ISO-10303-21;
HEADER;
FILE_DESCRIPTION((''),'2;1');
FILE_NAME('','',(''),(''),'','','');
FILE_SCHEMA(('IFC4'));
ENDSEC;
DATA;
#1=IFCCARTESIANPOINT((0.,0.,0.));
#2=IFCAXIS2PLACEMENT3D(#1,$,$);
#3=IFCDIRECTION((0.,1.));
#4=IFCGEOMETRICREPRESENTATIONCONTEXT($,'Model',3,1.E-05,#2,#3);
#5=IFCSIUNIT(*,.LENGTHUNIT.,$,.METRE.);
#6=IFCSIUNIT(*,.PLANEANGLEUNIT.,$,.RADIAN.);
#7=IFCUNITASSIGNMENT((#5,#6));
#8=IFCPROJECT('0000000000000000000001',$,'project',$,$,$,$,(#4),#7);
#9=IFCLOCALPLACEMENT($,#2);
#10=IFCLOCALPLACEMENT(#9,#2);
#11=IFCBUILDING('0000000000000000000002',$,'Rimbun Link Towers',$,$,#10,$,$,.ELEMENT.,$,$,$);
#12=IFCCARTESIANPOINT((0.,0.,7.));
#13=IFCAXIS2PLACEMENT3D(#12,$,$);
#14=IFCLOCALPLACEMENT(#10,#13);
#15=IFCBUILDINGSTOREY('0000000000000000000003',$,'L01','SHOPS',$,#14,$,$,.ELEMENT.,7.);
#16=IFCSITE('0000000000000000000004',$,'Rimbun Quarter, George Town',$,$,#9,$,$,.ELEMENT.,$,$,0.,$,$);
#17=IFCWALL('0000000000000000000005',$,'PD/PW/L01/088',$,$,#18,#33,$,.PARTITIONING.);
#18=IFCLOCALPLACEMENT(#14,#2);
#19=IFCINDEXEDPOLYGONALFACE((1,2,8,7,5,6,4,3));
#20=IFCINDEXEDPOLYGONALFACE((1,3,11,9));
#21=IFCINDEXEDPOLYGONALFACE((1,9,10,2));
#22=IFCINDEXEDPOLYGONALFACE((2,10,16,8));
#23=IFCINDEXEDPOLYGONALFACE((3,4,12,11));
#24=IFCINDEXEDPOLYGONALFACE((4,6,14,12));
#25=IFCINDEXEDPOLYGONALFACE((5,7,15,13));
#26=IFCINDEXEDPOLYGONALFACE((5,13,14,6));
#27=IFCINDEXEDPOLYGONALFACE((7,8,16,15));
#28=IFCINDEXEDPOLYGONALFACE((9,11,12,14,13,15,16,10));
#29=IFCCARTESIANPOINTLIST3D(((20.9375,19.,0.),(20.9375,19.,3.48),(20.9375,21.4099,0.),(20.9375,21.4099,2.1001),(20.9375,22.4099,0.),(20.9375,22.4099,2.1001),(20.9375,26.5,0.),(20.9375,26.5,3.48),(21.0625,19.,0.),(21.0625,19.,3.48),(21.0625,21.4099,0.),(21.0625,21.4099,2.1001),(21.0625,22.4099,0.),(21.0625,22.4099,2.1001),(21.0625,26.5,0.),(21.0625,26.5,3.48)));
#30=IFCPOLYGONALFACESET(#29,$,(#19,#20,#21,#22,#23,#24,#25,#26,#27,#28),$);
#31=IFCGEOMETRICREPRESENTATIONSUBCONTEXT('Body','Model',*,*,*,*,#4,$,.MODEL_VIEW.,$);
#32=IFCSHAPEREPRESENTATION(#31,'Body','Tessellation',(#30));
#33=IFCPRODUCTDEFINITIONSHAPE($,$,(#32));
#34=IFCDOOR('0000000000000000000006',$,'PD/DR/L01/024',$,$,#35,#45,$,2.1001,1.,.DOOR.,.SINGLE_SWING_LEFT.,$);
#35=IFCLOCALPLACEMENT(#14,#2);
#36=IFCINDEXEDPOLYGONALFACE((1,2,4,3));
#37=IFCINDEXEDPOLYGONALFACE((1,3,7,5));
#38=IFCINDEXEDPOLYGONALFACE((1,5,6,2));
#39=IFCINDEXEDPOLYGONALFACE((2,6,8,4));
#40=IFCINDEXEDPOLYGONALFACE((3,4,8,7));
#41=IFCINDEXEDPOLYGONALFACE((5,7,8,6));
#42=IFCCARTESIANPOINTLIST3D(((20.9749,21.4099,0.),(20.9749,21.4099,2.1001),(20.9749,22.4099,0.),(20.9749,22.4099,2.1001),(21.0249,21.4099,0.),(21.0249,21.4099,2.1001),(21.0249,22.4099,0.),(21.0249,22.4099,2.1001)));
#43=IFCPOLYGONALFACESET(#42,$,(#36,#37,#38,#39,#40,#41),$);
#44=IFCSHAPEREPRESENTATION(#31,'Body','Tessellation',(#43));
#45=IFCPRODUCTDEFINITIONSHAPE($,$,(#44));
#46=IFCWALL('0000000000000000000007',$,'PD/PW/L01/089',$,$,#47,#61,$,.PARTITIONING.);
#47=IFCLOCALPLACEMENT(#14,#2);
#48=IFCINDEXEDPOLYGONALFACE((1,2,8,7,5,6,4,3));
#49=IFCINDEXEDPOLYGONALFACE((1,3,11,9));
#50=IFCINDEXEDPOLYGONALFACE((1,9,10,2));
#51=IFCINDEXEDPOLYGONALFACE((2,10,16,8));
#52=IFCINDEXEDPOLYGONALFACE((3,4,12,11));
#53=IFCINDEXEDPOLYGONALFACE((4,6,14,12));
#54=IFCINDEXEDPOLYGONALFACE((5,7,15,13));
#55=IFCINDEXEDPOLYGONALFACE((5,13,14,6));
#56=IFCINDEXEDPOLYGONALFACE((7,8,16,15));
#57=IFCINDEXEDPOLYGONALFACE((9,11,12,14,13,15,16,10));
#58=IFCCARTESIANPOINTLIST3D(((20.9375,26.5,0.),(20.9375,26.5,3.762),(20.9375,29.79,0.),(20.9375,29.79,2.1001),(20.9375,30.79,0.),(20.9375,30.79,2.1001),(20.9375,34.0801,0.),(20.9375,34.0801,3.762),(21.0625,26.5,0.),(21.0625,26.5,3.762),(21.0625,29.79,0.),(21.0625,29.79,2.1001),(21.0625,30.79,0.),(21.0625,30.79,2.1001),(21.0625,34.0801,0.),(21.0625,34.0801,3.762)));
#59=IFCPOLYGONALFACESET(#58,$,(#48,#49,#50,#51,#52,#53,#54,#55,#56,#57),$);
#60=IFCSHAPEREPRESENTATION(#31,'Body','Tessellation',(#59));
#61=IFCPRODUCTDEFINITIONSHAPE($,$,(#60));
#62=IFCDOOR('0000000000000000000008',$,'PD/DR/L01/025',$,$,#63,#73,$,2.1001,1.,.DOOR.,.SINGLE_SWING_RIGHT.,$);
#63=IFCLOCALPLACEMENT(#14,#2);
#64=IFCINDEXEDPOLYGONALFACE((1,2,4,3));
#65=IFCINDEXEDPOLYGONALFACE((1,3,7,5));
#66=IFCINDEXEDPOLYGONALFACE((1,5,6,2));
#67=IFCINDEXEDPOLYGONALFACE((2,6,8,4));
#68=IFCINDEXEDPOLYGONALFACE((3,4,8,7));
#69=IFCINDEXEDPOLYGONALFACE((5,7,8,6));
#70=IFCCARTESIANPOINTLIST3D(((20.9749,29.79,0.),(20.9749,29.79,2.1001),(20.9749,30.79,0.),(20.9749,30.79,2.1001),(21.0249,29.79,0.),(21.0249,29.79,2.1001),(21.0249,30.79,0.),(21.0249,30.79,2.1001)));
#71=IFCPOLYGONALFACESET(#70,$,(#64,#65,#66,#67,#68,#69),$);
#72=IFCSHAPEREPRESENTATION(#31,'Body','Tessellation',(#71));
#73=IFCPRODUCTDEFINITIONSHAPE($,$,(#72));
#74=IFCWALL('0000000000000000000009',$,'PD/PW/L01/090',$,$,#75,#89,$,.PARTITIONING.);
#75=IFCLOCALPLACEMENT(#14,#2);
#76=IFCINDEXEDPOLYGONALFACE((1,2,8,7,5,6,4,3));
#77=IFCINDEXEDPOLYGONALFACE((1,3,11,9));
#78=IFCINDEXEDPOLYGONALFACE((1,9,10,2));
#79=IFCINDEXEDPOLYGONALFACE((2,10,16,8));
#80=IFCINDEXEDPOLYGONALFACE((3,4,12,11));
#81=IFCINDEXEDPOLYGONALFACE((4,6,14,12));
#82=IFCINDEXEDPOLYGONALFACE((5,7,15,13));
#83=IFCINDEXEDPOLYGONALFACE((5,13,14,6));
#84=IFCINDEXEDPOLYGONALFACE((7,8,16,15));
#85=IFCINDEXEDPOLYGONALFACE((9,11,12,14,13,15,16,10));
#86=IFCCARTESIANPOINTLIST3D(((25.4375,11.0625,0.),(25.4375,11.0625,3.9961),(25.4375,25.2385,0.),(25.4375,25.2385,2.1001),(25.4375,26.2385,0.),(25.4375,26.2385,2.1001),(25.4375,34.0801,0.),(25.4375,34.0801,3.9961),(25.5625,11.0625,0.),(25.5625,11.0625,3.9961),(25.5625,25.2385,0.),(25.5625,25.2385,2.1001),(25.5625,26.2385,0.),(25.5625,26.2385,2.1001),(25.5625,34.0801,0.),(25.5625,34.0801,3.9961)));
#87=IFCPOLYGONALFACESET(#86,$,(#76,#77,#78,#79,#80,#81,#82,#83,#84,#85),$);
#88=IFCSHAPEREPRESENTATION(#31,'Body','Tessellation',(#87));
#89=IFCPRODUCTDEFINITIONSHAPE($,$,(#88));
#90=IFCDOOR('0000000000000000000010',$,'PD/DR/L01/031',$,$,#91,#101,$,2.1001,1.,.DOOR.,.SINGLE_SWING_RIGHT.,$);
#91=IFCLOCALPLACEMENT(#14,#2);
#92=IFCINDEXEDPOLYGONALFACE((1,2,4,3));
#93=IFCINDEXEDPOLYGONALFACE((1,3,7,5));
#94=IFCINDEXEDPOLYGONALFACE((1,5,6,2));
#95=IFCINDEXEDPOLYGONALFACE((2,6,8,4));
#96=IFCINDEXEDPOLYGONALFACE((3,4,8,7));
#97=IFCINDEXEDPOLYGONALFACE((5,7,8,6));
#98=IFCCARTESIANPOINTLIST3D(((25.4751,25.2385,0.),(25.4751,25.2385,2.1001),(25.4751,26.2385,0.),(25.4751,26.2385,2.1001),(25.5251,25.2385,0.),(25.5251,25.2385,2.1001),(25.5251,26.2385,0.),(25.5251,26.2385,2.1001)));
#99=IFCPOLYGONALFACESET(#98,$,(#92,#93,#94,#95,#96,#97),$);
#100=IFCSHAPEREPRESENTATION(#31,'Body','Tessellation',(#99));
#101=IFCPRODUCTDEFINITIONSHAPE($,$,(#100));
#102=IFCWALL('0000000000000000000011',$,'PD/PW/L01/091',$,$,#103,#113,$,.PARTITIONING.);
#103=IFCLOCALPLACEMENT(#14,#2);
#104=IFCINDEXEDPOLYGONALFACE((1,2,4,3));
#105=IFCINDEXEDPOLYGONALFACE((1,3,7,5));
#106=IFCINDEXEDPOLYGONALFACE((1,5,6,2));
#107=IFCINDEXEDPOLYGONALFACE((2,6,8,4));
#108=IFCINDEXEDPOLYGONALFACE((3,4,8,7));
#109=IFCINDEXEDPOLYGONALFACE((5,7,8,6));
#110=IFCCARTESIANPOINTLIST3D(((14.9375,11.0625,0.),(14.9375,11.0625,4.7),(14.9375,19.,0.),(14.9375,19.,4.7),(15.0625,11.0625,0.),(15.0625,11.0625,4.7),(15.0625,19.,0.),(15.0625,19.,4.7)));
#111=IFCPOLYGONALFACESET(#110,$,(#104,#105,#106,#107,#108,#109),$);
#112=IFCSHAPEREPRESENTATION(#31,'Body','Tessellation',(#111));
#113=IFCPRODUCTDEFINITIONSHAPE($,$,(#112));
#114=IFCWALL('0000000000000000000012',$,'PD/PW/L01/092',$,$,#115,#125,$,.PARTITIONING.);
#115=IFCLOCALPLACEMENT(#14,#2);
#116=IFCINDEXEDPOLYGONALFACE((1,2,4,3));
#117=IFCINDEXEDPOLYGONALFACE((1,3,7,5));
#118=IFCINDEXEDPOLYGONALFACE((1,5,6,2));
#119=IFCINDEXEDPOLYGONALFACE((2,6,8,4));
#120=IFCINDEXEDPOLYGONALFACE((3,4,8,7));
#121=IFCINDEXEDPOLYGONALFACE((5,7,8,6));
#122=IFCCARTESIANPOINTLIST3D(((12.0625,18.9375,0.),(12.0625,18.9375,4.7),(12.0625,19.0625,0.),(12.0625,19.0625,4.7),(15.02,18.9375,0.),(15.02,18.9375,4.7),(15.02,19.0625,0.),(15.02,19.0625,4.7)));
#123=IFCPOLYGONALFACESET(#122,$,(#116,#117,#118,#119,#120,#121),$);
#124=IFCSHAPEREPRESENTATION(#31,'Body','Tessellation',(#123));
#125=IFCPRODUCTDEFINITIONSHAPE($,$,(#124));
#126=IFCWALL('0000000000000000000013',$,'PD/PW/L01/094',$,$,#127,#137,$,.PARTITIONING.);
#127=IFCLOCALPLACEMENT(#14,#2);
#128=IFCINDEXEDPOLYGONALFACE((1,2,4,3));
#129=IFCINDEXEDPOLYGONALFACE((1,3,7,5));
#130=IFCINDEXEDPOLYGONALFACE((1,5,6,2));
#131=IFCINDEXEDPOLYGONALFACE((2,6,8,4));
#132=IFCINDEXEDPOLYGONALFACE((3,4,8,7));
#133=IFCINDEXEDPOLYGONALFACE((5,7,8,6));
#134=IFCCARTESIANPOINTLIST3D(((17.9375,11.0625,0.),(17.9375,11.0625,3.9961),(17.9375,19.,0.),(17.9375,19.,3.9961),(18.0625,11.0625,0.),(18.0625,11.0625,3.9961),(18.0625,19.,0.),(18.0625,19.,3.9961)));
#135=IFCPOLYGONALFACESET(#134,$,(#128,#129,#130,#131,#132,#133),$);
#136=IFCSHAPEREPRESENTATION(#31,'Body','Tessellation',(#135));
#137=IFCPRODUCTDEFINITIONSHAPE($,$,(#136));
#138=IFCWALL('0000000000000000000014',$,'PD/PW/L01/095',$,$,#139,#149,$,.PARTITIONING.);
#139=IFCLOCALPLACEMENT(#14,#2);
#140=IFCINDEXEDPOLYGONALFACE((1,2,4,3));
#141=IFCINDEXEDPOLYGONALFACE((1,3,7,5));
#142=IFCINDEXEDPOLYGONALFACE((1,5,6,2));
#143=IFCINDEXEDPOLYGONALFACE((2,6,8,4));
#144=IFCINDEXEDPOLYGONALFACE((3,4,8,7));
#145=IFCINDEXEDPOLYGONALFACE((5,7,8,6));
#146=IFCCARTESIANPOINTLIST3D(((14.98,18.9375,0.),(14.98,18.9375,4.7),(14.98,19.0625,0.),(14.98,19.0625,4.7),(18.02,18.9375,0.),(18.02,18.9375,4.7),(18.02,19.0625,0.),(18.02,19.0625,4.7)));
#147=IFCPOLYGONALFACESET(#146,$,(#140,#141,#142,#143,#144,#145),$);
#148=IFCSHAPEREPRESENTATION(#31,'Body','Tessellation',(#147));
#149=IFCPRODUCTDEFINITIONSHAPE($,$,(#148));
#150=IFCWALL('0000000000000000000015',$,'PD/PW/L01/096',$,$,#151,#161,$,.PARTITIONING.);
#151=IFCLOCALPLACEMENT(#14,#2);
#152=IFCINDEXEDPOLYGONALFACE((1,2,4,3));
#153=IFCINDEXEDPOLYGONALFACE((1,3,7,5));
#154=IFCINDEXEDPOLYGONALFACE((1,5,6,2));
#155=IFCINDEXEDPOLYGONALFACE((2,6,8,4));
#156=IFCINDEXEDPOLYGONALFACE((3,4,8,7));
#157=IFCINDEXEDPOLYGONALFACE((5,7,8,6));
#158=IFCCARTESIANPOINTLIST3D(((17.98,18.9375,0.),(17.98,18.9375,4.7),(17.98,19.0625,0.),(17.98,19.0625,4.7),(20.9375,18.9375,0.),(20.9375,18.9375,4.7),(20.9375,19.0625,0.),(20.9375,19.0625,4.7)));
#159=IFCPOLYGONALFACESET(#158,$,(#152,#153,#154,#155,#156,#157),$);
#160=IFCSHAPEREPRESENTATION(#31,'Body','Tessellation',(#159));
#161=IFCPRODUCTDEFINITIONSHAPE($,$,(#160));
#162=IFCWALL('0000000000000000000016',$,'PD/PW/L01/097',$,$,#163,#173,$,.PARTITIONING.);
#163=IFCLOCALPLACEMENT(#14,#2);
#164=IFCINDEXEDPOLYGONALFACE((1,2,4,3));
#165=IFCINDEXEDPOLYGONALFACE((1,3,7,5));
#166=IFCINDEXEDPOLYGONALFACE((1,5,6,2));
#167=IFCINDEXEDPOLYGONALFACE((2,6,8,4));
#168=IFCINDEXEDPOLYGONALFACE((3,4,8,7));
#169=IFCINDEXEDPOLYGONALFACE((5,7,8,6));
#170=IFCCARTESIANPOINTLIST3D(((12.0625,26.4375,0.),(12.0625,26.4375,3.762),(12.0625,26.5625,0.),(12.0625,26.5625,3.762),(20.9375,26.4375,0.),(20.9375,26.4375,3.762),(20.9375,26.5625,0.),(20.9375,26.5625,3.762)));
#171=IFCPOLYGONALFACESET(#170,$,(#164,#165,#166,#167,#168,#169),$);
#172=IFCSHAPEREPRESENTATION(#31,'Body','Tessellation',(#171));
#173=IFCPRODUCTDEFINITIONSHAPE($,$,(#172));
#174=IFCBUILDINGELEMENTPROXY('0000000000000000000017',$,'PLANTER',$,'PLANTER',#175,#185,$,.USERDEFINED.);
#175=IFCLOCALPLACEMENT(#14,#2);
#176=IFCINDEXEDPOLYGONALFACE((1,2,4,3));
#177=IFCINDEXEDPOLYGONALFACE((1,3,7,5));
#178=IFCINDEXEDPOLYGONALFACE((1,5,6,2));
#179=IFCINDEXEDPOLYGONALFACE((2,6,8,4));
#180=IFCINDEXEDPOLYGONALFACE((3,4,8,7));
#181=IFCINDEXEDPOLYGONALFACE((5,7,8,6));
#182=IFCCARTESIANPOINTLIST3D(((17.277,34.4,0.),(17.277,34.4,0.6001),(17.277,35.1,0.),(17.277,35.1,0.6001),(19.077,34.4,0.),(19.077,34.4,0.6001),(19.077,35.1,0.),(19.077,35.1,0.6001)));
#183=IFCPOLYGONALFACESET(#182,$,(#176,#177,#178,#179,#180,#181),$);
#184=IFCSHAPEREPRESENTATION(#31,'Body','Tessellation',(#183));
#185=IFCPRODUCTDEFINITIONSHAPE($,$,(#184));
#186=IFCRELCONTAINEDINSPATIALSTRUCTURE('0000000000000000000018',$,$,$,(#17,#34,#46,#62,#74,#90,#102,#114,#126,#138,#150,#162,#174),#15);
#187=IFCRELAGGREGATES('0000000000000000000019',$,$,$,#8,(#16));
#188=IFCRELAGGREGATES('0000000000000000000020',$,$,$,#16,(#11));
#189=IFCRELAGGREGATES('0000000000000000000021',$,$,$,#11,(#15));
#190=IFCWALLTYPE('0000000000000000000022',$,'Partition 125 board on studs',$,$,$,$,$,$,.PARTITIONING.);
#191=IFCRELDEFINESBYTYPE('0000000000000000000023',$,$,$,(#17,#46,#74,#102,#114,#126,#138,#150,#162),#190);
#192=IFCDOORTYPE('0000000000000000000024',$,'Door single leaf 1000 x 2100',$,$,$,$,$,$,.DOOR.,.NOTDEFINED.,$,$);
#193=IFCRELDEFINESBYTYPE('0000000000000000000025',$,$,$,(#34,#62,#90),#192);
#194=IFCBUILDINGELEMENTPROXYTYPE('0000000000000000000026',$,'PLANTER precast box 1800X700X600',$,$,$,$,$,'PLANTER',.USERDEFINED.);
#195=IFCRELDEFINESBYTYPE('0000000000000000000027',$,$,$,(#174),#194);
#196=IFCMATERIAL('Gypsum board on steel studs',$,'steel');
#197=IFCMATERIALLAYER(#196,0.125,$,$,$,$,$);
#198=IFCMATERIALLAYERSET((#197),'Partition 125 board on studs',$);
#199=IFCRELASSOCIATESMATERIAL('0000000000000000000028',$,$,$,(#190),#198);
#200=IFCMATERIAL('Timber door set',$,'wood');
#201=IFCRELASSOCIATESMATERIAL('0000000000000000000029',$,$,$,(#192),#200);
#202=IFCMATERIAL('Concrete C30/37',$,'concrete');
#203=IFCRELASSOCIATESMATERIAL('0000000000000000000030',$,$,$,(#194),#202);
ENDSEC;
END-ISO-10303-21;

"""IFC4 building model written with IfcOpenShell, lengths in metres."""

from ifc_helpers import new_model, si_unit, direction, frame, frame_2d, origin, origin_2d, place, context, subcontext, project, spatial, rectangle, extrude, material, layer, layer_set, type_object, element, fill, save


model = new_model("IFC4")

# Units and contexts
model_context = context("Model", 3, precision=1e-05, world=origin(), true_north=direction((0.0, 1.0)))
body_context = subcontext(model_context, "Body", "Model", "MODEL_VIEW")
ifc_project = project(units=[si_unit("LENGTHUNIT", "METRE"), si_unit("PLANEANGLEUNIT", "RADIAN")], contexts=[model_context])

# Site, building, storey
site_placement = place(None, origin())
site = spatial("IfcSite", under=ifc_project, at=site_placement, Name="Rimbun Quarter, George Town", CompositionType="ELEMENT", RefElevation=0.0)
building_placement = place(site_placement, origin())
building = spatial("IfcBuilding", under=site, at=building_placement, Name="Rimbun Link Towers", CompositionType="ELEMENT")
storey_placement = place(building_placement, frame((0.0, 0.0, 7.0)))
storey = spatial("IfcBuildingStorey", under=building, at=storey_placement, Name="L01", Description="SHOPS", CompositionType="ELEMENT", Elevation=7.0)

# Shared definitions
ifc_material_1 = material(Name="Gypsum board on steel studs", Category="steel")
ifc_layer_1 = layer(ifc_material_1, 0.125)
ifc_layer_set_1 = layer_set([ifc_layer_1], Name="Partition 125 board on studs")
wall_type = type_object("IfcWallType", Name="Partition 125 board on studs", PredefinedType="PARTITIONING", material=ifc_layer_set_1)
ifc_material_2 = material(Name="Timber door set", Category="wood")
door_type = type_object("IfcDoorType", Name="Door single leaf 1000 x 2100", OperationType="NOTDEFINED", PredefinedType="DOOR", material=ifc_material_2)

# Walls, openings, doors
wall_1_placement = place(storey_placement, frame((21.0, 26.5, 0.0), z_axis=(0.0, 0.0, 1.0), x_axis=(0.0, -1.0, 0.0)))
wall_1 = element("IfcWall", 1, at=wall_1_placement, inside=storey, type_object=wall_type, Name="PD/PW/L01/088", PredefinedType="PARTITIONING", context=body_context, shape_type="SweptSolid", body=[
    extrude(rectangle(XDim=7.5, YDim=0.125, at=frame_2d((3.75, 0.0))), origin(), (0.0, 0.0, 1.0), 3.48),
])
opening_1_placement = place(wall_1_placement, frame((4.0901, 0.0, 0.0)))
opening_1 = element("IfcOpeningElement", 2, at=opening_1_placement, cuts=wall_1, PredefinedType="OPENING", context=body_context, shape_type="SweptSolid", body=[
    extrude(rectangle(XDim=1.0, YDim=2.1001, at=frame_2d((0.5, 1.05))), frame((0.0, 0.0725, 0.0), z_axis=(0.0, -1.0, 0.0), x_axis=(1.0, 0.0, 0.0)), (0.0, 0.0, 1.0), 0.145),
])
door_1_placement = place(opening_1_placement, origin())
door_1 = element("IfcDoor", 3, at=door_1_placement, inside=storey, type_object=door_type, Name="PD/DR/L01/024", OperationType="SINGLE_SWING_LEFT", OverallHeight=2.1001, OverallWidth=1.0, PredefinedType="DOOR", context=body_context, shape_type="SweptSolid", body=[
    extrude(rectangle(XDim=1.0, YDim=2.1001, at=frame_2d((0.5, 1.05))), frame((0.0, 0.0249, 0.0), z_axis=(0.0, -1.0, 0.0), x_axis=(1.0, 0.0, 0.0)), (0.0, 0.0, 1.0), 0.05),
])
fill(opening_1, door_1)
wall_2_placement = place(storey_placement, frame((21.0, 34.0801, 0.0), z_axis=(0.0, 0.0, 1.0), x_axis=(0.0, -1.0, 0.0)))
wall_2 = element("IfcWall", 4, at=wall_2_placement, inside=storey, type_object=wall_type, Name="PD/PW/L01/089", PredefinedType="PARTITIONING", context=body_context, shape_type="SweptSolid", body=[
    extrude(rectangle(XDim=7.5801, YDim=0.125, at=frame_2d((3.79, 0.0))), origin(), (0.0, 0.0, 1.0), 3.762),
])
opening_2_placement = place(wall_2_placement, frame((3.29, 0.0, 0.0)))
opening_2 = element("IfcOpeningElement", 5, at=opening_2_placement, cuts=wall_2, PredefinedType="OPENING", context=body_context, shape_type="SweptSolid", body=[
    extrude(rectangle(XDim=1.0, YDim=2.1001, at=frame_2d((0.5, 1.05))), frame((0.0, 0.0725, 0.0), z_axis=(0.0, -1.0, 0.0), x_axis=(1.0, 0.0, 0.0)), (0.0, 0.0, 1.0), 0.145),
])
door_2_placement = place(opening_2_placement, origin())
door_2 = element("IfcDoor", 6, at=door_2_placement, inside=storey, type_object=door_type, Name="PD/DR/L01/025", OperationType="SINGLE_SWING_RIGHT", OverallHeight=2.1001, OverallWidth=1.0, PredefinedType="DOOR", context=body_context, shape_type="SweptSolid", body=[
    extrude(rectangle(XDim=1.0, YDim=2.1001, at=frame_2d((0.5, 1.05))), frame((0.0, 0.0249, 0.0), z_axis=(0.0, -1.0, 0.0), x_axis=(1.0, 0.0, 0.0)), (0.0, 0.0, 1.0), 0.05),
])
fill(opening_2, door_2)
wall_3_placement = place(storey_placement, frame((25.5, 11.0625, 0.0), z_axis=(0.0, 0.0, 1.0), x_axis=(0.0, 1.0, 0.0)))
wall_3 = element("IfcWall", 7, at=wall_3_placement, inside=storey, type_object=wall_type, Name="PD/PW/L01/090", PredefinedType="PARTITIONING", context=body_context, shape_type="SweptSolid", body=[
    extrude(rectangle(XDim=23.0176, YDim=0.125, at=frame_2d((11.5088, 0.0))), origin(), (0.0, 0.0, 1.0), 3.9961),
])
opening_3_placement = place(wall_3_placement, frame((14.176, 0.0, 0.0)))
opening_3 = element("IfcOpeningElement", 8, at=opening_3_placement, cuts=wall_3, PredefinedType="OPENING", context=body_context, shape_type="SweptSolid", body=[
    extrude(rectangle(XDim=1.0, YDim=2.1001, at=frame_2d((0.5, 1.05))), frame((0.0, 0.0725, 0.0), z_axis=(0.0, -1.0, 0.0), x_axis=(1.0, 0.0, 0.0)), (0.0, 0.0, 1.0), 0.145),
])
door_3_placement = place(opening_3_placement, origin())
door_3 = element("IfcDoor", 9, at=door_3_placement, inside=storey, type_object=door_type, Name="PD/DR/L01/031", OperationType="SINGLE_SWING_RIGHT", OverallHeight=2.1001, OverallWidth=1.0, PredefinedType="DOOR", context=body_context, shape_type="SweptSolid", body=[
    extrude(rectangle(XDim=1.0, YDim=2.1001, at=frame_2d((0.5, 1.05))), frame((0.0, 0.0249, 0.0), z_axis=(0.0, -1.0, 0.0), x_axis=(1.0, 0.0, 0.0)), (0.0, 0.0, 1.0), 0.05),
])
fill(opening_3, door_3)

# Walls
wall_4_placement = place(storey_placement, frame((15.0, 11.0625, 0.0), z_axis=(0.0, 0.0, 1.0), x_axis=(0.0, 1.0, 0.0)))
element("IfcWall", 10, at=wall_4_placement, inside=storey, type_object=wall_type, Name="PD/PW/L01/091", PredefinedType="PARTITIONING", context=body_context, shape_type="SweptSolid", body=[
    extrude(rectangle(XDim=7.9375, YDim=0.125, at=frame_2d((3.9688, 0.0))), origin(), (0.0, 0.0, 1.0), 4.7),
])
wall_5_placement = place(storey_placement, frame((15.02, 19.0, 0.0), z_axis=(0.0, 0.0, 1.0), x_axis=(-1.0, 0.0, 0.0)))
element("IfcWall", 11, at=wall_5_placement, inside=storey, type_object=wall_type, Name="PD/PW/L01/092", PredefinedType="PARTITIONING", context=body_context, shape_type="SweptSolid", body=[
    extrude(rectangle(XDim=2.9575, YDim=0.125, at=frame_2d((1.4788, 0.0))), origin(), (0.0, 0.0, 1.0), 4.7),
])
wall_6_placement = place(storey_placement, frame((18.0, 11.0625, 0.0), z_axis=(0.0, 0.0, 1.0), x_axis=(0.0, 1.0, 0.0)))
element("IfcWall", 12, at=wall_6_placement, inside=storey, type_object=wall_type, Name="PD/PW/L01/094", PredefinedType="PARTITIONING", context=body_context, shape_type="SweptSolid", body=[
    extrude(rectangle(XDim=7.9375, YDim=0.125, at=frame_2d((3.9688, 0.0))), origin(), (0.0, 0.0, 1.0), 3.9961),
])
wall_7_placement = place(storey_placement, frame((18.02, 19.0, 0.0), z_axis=(0.0, 0.0, 1.0), x_axis=(-1.0, 0.0, 0.0)))
element("IfcWall", 13, at=wall_7_placement, inside=storey, type_object=wall_type, Name="PD/PW/L01/095", PredefinedType="PARTITIONING", context=body_context, shape_type="SweptSolid", body=[
    extrude(rectangle(XDim=3.04, YDim=0.125, at=frame_2d((1.52, 0.0))), origin(), (0.0, 0.0, 1.0), 4.7),
])
wall_8_placement = place(storey_placement, frame((20.9375, 19.0, 0.0), z_axis=(0.0, 0.0, 1.0), x_axis=(-1.0, 0.0, 0.0)))
element("IfcWall", 14, at=wall_8_placement, inside=storey, type_object=wall_type, Name="PD/PW/L01/096", PredefinedType="PARTITIONING", context=body_context, shape_type="SweptSolid", body=[
    extrude(rectangle(XDim=2.9575, YDim=0.125, at=frame_2d((1.4788, 0.0))), origin(), (0.0, 0.0, 1.0), 4.7),
])
wall_9_placement = place(storey_placement, frame((20.9375, 26.5, 0.0), z_axis=(0.0, 0.0, 1.0), x_axis=(-1.0, 0.0, 0.0)))
element("IfcWall", 15, at=wall_9_placement, inside=storey, type_object=wall_type, Name="PD/PW/L01/097", PredefinedType="PARTITIONING", context=body_context, shape_type="SweptSolid", body=[
    extrude(rectangle(XDim=8.875, YDim=0.125, at=frame_2d((4.4375, 0.0))), origin(), (0.0, 0.0, 1.0), 3.762),
])

# Building element proxy
ifc_material_3 = material(Name="Concrete C30/37", Category="concrete")
building_element_proxy_type = type_object("IfcBuildingElementProxyType", Name="PLANTER precast box 1800X700X600", ElementType="PLANTER", PredefinedType="USERDEFINED", material=ifc_material_3)
proxy_placement = place(storey_placement, frame((18.177, 34.75, 0.0), z_axis=(0.0, 0.0, 1.0), x_axis=(-1.0, 0.0, 0.0)))
element("IfcBuildingElementProxy", 16, at=proxy_placement, inside=storey, type_object=building_element_proxy_type, Name="PLANTER", ObjectType="PLANTER", PredefinedType="USERDEFINED", context=body_context, shape_type="SweptSolid", body=[
    extrude(rectangle(XDim=1.8, YDim=0.7, at=origin_2d()), origin(), (0.0, 0.0, 1.0), 0.6001),
])

save(model, "model.ifc")
